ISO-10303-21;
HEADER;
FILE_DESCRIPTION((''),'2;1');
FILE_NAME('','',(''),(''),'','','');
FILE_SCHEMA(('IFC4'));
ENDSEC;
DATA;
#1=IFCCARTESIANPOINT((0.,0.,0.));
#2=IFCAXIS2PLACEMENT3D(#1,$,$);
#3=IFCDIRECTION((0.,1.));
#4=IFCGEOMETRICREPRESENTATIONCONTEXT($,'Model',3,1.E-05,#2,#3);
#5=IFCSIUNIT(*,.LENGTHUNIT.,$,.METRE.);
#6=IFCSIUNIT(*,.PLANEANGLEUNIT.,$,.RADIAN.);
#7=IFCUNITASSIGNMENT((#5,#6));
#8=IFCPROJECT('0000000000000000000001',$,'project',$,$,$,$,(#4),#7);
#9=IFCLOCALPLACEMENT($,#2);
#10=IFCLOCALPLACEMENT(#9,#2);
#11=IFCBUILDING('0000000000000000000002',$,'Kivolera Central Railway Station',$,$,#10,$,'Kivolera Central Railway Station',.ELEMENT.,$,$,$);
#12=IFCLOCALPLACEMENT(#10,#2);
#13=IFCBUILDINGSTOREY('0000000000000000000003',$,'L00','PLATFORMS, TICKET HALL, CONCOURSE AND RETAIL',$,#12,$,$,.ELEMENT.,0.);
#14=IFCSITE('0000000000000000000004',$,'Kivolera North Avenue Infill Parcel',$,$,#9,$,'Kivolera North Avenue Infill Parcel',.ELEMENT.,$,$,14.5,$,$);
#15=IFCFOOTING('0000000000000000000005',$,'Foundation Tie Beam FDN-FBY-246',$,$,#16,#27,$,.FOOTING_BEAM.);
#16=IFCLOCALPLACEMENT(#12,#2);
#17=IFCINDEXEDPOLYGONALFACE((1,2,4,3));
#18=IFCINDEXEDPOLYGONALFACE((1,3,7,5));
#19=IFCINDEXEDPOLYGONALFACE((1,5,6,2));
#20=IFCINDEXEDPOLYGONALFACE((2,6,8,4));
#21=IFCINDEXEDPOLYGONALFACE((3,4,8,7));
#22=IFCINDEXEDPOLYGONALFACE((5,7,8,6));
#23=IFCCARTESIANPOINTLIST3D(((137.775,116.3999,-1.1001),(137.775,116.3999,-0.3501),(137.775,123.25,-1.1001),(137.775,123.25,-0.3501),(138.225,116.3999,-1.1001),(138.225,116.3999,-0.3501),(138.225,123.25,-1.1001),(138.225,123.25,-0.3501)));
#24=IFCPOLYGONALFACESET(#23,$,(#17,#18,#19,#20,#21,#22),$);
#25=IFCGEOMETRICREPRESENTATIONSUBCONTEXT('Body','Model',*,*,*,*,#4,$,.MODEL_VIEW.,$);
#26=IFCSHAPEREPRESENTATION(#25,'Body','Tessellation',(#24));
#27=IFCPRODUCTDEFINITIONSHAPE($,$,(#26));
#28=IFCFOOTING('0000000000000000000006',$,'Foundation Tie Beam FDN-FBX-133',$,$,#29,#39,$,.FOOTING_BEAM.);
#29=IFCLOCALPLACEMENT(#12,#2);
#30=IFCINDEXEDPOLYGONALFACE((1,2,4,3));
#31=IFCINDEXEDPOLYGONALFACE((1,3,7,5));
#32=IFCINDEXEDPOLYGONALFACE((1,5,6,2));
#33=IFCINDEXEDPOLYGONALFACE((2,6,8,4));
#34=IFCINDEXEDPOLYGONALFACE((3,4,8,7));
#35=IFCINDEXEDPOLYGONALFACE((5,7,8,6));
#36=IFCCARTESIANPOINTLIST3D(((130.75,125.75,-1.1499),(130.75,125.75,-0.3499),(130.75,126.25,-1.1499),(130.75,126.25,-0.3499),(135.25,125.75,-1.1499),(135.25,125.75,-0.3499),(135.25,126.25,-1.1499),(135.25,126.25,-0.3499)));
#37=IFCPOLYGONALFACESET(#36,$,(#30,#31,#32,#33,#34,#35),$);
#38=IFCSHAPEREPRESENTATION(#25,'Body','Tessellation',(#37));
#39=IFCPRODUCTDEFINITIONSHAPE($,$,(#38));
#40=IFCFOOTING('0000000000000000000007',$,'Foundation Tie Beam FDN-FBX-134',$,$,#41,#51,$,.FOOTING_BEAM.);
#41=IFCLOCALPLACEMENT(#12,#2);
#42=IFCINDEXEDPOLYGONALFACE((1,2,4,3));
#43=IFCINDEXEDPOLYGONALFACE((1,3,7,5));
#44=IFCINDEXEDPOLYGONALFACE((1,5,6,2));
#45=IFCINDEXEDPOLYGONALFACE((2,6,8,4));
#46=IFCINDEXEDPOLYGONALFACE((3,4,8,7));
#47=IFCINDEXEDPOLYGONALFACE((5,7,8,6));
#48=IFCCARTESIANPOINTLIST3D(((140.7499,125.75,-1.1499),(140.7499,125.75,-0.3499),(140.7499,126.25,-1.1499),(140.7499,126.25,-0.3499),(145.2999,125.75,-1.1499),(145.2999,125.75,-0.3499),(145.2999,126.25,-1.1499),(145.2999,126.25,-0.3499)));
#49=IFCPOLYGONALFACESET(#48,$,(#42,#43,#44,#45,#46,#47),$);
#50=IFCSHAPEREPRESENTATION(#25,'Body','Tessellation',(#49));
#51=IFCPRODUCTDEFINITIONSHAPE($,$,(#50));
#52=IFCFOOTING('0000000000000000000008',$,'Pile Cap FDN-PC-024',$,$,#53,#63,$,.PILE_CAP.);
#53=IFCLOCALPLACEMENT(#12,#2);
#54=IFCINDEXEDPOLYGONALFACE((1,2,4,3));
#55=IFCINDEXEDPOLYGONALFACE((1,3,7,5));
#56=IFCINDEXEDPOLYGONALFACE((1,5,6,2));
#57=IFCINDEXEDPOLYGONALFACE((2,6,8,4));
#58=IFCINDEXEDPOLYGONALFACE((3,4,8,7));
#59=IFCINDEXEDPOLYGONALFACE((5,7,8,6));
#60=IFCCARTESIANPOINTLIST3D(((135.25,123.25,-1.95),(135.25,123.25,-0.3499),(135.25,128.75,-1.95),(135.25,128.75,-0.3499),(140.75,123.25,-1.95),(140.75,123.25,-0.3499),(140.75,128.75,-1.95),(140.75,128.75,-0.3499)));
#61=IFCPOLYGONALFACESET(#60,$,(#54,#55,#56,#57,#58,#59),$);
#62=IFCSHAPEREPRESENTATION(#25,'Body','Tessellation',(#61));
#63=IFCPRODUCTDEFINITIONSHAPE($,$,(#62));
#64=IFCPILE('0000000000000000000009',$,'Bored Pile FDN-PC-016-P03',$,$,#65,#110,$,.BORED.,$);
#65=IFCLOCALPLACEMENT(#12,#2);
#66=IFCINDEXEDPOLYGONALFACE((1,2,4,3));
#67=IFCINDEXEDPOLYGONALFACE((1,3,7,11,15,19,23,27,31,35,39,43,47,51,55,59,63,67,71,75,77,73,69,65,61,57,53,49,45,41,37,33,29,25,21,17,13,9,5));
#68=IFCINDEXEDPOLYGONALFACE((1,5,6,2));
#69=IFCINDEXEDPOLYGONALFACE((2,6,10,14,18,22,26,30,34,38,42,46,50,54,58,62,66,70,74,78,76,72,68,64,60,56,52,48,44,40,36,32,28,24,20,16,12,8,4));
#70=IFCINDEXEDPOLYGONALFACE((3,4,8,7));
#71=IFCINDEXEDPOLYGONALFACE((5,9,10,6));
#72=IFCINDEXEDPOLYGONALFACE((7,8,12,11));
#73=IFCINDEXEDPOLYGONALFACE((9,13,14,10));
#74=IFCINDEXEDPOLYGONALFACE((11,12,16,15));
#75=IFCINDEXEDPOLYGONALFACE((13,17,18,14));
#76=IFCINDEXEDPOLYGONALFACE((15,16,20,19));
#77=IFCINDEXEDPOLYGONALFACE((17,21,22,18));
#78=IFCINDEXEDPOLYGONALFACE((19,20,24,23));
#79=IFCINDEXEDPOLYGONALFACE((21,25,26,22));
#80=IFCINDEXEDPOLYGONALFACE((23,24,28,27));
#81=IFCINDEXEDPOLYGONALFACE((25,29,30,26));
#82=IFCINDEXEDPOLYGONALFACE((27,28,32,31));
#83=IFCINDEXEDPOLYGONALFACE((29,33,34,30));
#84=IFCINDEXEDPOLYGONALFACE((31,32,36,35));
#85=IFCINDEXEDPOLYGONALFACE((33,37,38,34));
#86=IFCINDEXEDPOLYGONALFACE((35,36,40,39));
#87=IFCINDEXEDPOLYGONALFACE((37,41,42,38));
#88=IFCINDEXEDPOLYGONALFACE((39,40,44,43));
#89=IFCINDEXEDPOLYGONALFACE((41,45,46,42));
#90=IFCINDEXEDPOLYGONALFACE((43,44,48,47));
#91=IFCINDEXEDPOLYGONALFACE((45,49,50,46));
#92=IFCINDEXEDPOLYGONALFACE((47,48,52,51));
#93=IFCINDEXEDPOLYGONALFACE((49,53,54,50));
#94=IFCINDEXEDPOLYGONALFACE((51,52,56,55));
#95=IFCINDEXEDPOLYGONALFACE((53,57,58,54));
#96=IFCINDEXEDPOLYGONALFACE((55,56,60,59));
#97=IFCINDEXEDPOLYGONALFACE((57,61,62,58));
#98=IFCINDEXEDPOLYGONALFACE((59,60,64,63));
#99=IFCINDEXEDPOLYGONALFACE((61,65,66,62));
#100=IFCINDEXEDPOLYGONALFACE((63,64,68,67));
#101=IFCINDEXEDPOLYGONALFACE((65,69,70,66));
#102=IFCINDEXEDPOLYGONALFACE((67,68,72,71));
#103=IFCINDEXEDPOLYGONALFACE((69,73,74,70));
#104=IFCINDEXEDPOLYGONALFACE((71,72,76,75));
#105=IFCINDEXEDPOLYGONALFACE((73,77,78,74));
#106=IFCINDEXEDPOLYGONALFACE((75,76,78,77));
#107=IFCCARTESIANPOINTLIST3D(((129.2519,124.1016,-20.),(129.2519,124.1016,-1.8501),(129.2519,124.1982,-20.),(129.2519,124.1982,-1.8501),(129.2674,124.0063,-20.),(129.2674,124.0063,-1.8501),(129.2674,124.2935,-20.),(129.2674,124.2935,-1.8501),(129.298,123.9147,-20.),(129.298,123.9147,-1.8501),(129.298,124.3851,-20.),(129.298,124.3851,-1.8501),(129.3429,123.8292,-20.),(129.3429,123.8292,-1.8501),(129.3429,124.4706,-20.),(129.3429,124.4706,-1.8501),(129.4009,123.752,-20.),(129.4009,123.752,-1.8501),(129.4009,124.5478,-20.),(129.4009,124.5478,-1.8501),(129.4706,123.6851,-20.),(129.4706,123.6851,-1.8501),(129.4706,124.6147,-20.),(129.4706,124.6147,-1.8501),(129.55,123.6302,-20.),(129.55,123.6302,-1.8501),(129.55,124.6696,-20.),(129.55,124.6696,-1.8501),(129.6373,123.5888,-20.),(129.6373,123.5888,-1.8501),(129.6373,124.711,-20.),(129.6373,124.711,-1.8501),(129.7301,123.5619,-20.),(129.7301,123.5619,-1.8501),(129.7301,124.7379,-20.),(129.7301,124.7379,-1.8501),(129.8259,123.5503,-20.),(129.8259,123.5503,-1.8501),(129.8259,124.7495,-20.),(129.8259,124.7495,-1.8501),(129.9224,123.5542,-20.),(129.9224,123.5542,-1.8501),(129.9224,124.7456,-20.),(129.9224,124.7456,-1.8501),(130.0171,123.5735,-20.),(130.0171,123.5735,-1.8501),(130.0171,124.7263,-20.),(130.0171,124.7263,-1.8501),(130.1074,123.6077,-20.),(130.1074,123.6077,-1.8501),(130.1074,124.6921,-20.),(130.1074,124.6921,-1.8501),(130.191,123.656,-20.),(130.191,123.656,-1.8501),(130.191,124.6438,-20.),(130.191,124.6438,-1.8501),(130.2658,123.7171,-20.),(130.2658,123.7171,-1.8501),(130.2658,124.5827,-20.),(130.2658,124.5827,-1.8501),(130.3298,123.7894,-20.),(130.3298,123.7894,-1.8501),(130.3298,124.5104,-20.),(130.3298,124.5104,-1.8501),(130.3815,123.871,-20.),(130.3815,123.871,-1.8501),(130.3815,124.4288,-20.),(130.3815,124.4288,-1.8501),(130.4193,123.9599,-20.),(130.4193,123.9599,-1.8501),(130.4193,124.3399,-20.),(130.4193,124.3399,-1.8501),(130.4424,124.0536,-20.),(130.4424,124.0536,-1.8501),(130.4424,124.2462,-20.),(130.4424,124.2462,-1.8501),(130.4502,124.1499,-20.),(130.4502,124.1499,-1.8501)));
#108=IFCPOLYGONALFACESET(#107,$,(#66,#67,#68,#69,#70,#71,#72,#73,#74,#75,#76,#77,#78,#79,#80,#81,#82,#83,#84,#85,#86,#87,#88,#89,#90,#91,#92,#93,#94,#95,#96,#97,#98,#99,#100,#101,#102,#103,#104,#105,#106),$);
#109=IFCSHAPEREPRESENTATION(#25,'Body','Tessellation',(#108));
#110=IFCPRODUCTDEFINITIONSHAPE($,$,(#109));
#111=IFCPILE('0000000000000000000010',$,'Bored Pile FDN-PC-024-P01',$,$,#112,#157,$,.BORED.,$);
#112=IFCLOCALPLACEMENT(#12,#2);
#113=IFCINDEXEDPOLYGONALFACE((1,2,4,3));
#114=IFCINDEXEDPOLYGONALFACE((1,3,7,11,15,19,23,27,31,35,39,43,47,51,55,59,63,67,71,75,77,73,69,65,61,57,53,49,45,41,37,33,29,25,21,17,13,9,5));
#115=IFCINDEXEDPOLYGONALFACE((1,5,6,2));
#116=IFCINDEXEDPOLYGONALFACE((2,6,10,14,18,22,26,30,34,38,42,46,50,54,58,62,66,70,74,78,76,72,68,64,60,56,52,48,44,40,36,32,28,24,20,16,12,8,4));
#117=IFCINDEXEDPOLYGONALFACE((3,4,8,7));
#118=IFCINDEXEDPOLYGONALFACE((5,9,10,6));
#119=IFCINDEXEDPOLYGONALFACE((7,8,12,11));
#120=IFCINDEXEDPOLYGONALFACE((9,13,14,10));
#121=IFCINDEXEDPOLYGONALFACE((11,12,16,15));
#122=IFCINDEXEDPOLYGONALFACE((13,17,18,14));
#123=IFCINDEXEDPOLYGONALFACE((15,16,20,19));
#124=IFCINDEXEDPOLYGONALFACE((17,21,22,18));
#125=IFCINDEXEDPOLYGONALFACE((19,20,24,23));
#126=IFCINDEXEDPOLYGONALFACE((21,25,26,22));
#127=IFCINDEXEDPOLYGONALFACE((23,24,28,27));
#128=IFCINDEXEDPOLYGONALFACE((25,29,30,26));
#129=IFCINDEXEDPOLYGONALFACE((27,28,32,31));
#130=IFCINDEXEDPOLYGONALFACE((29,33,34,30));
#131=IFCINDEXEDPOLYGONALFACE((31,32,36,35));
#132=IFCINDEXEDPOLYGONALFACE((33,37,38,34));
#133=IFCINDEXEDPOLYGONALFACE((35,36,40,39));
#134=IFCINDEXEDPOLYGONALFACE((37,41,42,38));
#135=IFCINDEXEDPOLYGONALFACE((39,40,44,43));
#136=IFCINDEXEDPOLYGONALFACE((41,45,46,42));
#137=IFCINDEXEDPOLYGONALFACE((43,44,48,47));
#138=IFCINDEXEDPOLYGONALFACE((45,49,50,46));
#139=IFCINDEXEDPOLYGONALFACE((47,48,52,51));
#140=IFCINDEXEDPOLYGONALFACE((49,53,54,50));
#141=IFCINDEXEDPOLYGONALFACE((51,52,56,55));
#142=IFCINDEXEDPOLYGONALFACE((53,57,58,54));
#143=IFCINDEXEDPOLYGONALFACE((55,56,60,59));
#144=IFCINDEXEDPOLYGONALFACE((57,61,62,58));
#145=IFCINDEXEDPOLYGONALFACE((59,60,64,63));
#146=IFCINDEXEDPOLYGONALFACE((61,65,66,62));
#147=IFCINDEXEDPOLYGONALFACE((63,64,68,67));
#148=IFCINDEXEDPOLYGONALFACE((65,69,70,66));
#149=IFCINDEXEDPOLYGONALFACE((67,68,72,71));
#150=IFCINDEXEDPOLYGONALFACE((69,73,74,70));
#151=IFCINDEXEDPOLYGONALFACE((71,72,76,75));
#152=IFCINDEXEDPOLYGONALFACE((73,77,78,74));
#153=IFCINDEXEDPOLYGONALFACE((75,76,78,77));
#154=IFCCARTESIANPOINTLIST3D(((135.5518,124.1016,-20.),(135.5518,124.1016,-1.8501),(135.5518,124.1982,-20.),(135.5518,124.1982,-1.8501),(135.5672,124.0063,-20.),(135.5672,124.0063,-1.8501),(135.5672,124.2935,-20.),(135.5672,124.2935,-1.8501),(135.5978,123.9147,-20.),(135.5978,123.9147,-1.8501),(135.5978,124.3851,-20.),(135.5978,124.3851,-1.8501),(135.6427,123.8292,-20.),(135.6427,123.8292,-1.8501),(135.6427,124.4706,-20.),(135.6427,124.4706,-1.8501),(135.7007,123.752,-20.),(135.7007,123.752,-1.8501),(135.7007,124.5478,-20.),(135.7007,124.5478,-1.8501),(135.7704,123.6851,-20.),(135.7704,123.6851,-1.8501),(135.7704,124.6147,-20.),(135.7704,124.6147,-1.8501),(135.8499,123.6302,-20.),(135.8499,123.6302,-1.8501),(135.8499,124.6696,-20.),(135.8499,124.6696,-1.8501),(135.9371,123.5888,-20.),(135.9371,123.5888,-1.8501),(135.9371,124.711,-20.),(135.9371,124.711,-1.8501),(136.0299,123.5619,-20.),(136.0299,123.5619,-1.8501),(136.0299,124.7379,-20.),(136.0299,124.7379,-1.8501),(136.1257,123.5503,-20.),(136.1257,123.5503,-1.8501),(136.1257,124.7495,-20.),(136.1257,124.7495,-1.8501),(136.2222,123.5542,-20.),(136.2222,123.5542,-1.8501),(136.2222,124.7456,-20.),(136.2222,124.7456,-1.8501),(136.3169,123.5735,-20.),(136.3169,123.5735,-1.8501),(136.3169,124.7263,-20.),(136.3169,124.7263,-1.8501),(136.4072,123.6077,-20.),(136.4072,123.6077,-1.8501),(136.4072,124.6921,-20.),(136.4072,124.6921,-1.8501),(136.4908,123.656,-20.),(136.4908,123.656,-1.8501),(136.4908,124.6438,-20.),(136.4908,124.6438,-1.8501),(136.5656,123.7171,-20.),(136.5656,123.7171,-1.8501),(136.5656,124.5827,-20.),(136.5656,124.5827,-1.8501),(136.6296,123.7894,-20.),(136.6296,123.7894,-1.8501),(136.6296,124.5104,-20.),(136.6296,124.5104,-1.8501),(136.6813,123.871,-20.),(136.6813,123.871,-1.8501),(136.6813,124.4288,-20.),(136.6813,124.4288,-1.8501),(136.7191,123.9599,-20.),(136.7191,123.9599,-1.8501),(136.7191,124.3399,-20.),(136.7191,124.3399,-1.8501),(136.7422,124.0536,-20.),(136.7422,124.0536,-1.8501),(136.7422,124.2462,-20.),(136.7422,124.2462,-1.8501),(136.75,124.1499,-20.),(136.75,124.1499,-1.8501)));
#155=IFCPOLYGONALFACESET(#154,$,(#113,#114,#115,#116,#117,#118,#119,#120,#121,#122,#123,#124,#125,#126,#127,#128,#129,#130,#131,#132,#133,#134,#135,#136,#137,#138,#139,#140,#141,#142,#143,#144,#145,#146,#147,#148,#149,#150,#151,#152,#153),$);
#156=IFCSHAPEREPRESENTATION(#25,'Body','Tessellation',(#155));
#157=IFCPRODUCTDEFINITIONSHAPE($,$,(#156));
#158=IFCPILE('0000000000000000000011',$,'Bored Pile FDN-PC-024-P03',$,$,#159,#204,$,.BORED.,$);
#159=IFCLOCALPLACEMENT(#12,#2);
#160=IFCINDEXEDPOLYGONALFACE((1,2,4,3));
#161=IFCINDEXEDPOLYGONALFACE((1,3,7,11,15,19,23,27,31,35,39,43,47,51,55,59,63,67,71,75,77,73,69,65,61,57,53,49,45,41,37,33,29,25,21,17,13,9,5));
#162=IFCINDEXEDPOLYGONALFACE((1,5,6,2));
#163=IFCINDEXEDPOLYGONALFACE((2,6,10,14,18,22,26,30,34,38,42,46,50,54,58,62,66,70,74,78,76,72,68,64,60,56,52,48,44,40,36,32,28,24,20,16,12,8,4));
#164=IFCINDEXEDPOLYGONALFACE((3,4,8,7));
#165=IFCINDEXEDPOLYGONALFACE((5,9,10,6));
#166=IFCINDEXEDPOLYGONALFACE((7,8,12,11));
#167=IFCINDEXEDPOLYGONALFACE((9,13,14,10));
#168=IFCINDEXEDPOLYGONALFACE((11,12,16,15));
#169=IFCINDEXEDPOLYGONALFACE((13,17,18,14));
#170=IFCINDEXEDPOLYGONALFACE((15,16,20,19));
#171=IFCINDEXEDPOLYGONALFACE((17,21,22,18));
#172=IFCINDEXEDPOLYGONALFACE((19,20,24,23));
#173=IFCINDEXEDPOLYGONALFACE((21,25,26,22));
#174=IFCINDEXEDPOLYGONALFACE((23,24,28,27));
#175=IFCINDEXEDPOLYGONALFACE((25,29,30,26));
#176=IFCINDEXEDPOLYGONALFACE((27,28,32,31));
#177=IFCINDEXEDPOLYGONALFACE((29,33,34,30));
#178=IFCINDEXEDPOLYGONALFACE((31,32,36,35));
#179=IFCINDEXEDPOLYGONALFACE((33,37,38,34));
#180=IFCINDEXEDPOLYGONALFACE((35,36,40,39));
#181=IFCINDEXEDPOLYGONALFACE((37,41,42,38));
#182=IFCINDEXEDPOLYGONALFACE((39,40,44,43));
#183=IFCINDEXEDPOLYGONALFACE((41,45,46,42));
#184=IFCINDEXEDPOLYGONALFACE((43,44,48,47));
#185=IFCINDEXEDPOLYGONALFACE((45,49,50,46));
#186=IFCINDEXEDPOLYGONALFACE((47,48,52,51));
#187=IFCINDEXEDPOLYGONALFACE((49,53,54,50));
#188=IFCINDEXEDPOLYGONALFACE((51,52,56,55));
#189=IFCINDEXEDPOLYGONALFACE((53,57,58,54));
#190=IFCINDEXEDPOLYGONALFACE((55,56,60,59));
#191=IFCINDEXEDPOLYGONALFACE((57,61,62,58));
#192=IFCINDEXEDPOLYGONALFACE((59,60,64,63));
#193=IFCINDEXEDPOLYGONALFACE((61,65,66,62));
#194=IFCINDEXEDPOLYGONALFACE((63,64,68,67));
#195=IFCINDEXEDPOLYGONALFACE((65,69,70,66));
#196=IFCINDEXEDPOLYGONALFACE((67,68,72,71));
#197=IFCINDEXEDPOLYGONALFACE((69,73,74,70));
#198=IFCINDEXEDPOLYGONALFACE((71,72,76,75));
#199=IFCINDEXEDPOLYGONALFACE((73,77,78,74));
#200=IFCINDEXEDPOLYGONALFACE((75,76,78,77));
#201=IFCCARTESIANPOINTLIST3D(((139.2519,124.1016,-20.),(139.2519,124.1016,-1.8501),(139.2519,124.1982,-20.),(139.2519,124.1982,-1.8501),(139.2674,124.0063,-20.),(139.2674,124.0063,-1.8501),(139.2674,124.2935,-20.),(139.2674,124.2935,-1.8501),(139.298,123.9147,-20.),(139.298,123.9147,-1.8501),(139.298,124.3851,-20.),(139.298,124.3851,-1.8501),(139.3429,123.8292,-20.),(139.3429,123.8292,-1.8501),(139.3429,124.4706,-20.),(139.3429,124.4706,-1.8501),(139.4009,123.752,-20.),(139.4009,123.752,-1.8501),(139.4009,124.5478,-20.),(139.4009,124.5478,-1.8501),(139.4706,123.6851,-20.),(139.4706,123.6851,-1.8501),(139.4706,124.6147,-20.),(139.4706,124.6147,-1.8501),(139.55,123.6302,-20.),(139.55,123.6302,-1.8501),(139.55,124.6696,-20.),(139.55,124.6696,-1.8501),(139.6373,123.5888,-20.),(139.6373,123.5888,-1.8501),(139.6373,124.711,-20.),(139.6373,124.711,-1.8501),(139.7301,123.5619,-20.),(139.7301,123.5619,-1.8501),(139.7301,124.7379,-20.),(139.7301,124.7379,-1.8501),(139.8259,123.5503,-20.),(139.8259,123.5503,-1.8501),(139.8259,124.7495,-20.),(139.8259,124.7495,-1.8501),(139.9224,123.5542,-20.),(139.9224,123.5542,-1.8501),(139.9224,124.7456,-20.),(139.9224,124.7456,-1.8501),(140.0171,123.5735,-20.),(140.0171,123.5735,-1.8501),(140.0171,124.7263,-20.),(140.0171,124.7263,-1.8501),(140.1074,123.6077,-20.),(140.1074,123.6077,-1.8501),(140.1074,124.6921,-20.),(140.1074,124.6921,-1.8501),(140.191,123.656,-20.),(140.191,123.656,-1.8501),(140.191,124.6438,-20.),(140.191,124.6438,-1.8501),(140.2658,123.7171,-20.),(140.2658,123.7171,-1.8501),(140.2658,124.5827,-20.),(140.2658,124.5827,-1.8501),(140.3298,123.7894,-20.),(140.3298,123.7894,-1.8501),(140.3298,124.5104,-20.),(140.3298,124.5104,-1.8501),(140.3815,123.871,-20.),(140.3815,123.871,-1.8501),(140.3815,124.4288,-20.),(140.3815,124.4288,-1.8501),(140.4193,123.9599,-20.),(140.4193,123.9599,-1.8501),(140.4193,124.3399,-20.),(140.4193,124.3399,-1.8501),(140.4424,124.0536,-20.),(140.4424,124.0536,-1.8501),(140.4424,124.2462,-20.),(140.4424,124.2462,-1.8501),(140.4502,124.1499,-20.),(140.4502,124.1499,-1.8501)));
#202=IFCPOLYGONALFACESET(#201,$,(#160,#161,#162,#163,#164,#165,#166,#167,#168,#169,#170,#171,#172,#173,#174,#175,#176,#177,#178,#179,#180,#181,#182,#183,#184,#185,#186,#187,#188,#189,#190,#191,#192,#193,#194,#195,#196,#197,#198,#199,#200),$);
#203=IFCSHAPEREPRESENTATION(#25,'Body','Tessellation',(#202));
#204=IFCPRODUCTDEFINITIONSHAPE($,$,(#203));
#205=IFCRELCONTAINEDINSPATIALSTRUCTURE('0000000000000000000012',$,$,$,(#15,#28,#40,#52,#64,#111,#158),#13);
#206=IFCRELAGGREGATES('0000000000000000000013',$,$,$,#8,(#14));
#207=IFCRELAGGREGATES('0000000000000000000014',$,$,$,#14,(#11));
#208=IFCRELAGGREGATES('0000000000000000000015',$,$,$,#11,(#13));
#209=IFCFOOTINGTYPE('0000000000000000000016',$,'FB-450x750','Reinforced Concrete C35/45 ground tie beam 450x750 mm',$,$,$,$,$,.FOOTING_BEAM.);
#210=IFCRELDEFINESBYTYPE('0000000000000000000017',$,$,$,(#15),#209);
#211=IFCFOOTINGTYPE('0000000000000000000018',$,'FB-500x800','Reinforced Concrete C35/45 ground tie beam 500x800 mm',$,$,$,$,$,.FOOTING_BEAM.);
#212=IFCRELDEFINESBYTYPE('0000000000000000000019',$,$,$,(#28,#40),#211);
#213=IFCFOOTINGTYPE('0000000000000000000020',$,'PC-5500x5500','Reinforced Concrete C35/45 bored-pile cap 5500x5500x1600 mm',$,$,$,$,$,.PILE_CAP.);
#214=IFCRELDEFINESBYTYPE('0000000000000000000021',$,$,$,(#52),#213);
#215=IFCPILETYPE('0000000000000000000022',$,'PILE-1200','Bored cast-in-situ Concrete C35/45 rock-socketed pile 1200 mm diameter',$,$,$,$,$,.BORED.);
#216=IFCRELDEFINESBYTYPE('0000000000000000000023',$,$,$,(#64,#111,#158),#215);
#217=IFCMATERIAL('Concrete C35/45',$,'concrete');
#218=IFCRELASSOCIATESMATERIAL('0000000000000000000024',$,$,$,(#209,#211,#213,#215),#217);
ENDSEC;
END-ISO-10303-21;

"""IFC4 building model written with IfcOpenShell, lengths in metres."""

from ifc_helpers import new_model, si_unit, direction, frame, origin, origin_2d, place, context, subcontext, project, spatial, rectangle, circle, extrude, material, material_profile, profile_set, type_object, element, save


model = new_model("IFC4")

# Units and contexts
model_context = context("Model", 3, precision=1e-05, world=origin(), true_north=direction((0.0, 1.0)))
body_context = subcontext(model_context, "Body", "Model", "MODEL_VIEW")
ifc_project = project(units=[si_unit("LENGTHUNIT", "METRE"), si_unit("PLANEANGLEUNIT", "RADIAN")], contexts=[model_context])

# Site, building, storey
site_placement = place(None, origin())
site = spatial("IfcSite", under=ifc_project, at=site_placement, Name="Kivolera North Avenue Infill Parcel", LongName="Kivolera North Avenue Infill Parcel", CompositionType="ELEMENT", RefElevation=14.5)
building_placement = place(site_placement, origin())
building = spatial("IfcBuilding", under=site, at=building_placement, Name="Kivolera Central Railway Station", LongName="Kivolera Central Railway Station", CompositionType="ELEMENT")
storey_placement = place(building_placement, origin())
storey = spatial("IfcBuildingStorey", under=building, at=storey_placement, Name="L00", Description="PLATFORMS, TICKET HALL, CONCOURSE AND RETAIL", CompositionType="ELEMENT", Elevation=0.0)

# Footings
ifc_material_1 = material(Name="Concrete C35/45", Category="concrete")
footing_type_1 = type_object("IfcFootingType", Name="FB-450x750", Description="Reinforced Concrete C35/45 ground tie beam 450x750 mm", PredefinedType="FOOTING_BEAM", material=ifc_material_1)
footing_1_placement = place(storey_placement, frame((138.0, 119.825, -1.1001), z_axis=(0.0, 0.0, 1.0), x_axis=(1.0, 0.0, 0.0)))
element("IfcFooting", 1, at=footing_1_placement, inside=storey, type_object=footing_type_1, Name="Foundation Tie Beam FDN-FBY-246", PredefinedType="FOOTING_BEAM", context=body_context, shape_type="SweptSolid", body=[
    extrude(rectangle(XDim=0.45, YDim=6.8501, at=origin_2d()), origin(), (0.0, 0.0, 1.0), 0.75),
])
footing_type_2 = type_object("IfcFootingType", Name="FB-500x800", Description="Reinforced Concrete C35/45 ground tie beam 500x800 mm", PredefinedType="FOOTING_BEAM", material=ifc_material_1)
footing_2_placement = place(storey_placement, frame((133.0, 126.0, -1.1499), z_axis=(0.0, 0.0, 1.0), x_axis=(1.0, 0.0, 0.0)))
element("IfcFooting", 2, at=footing_2_placement, inside=storey, type_object=footing_type_2, Name="Foundation Tie Beam FDN-FBX-133", PredefinedType="FOOTING_BEAM", context=body_context, shape_type="SweptSolid", body=[
    extrude(rectangle(XDim=4.5, YDim=0.5, at=origin_2d()), origin(), (0.0, 0.0, 1.0), 0.8),
])
footing_3_placement = place(storey_placement, frame((143.0249, 126.0, -1.1499), z_axis=(0.0, 0.0, 1.0), x_axis=(1.0, 0.0, 0.0)))
element("IfcFooting", 3, at=footing_3_placement, inside=storey, type_object=footing_type_2, Name="Foundation Tie Beam FDN-FBX-134", PredefinedType="FOOTING_BEAM", context=body_context, shape_type="SweptSolid", body=[
    extrude(rectangle(XDim=4.55, YDim=0.5, at=origin_2d()), origin(), (0.0, 0.0, 1.0), 0.8),
])
footing_type_3 = type_object("IfcFootingType", Name="PC-5500x5500", Description="Reinforced Concrete C35/45 bored-pile cap 5500x5500x1600 mm", PredefinedType="PILE_CAP", material=ifc_material_1)
footing_4_placement = place(storey_placement, frame((138.0, 126.0, -1.95), z_axis=(0.0, 0.0, 1.0), x_axis=(1.0, 0.0, 0.0)))
element("IfcFooting", 4, at=footing_4_placement, inside=storey, type_object=footing_type_3, Name="Pile Cap FDN-PC-024", PredefinedType="PILE_CAP", context=body_context, shape_type="SweptSolid", body=[
    extrude(rectangle(XDim=5.5, YDim=5.5, at=origin_2d()), origin(), (0.0, 0.0, 1.0), 1.6001),
])

# Piles
ifc_material_profile_1 = material_profile(ifc_material_1, circle(Radius=0.6001, at=origin_2d()), Name="PILE D1200")
ifc_profile_set_1 = profile_set([ifc_material_profile_1], Name="Concrete C35/45")
pile_type = type_object("IfcPileType", Name="PILE-1200", Description="Bored cast-in-situ Concrete C35/45 rock-socketed pile 1200 mm diameter", PredefinedType="BORED", material=ifc_profile_set_1)
for number, where, z_axis, x_axis, name in (
    (5, (129.8501, 124.1499, -1.8501), (0.0, 0.0, -1.0), (1.0, 0.0, 0.0), "Bored Pile FDN-PC-016-P03"),
    (6, (136.1499, 124.1499, -1.8501), (0.0, 0.0, -1.0), (1.0, 0.0, 0.0), "Bored Pile FDN-PC-024-P01"),
    (7, (139.8501, 124.1499, -1.8501), (0.0, 0.0, -1.0), (1.0, 0.0, 0.0), "Bored Pile FDN-PC-024-P03"),
):
    element("IfcPile", number, at=place(storey_placement, frame(where, z_axis=z_axis, x_axis=x_axis)), inside=storey, type_object=pile_type, Name=name, PredefinedType="BORED", context=body_context, shape_type="SweptSolid", body=[
        extrude(circle(Radius=0.6001, at=origin_2d()), origin(), (0.0, 0.0, 1.0), 18.1499),
    ])

save(model, "model.ifc")
